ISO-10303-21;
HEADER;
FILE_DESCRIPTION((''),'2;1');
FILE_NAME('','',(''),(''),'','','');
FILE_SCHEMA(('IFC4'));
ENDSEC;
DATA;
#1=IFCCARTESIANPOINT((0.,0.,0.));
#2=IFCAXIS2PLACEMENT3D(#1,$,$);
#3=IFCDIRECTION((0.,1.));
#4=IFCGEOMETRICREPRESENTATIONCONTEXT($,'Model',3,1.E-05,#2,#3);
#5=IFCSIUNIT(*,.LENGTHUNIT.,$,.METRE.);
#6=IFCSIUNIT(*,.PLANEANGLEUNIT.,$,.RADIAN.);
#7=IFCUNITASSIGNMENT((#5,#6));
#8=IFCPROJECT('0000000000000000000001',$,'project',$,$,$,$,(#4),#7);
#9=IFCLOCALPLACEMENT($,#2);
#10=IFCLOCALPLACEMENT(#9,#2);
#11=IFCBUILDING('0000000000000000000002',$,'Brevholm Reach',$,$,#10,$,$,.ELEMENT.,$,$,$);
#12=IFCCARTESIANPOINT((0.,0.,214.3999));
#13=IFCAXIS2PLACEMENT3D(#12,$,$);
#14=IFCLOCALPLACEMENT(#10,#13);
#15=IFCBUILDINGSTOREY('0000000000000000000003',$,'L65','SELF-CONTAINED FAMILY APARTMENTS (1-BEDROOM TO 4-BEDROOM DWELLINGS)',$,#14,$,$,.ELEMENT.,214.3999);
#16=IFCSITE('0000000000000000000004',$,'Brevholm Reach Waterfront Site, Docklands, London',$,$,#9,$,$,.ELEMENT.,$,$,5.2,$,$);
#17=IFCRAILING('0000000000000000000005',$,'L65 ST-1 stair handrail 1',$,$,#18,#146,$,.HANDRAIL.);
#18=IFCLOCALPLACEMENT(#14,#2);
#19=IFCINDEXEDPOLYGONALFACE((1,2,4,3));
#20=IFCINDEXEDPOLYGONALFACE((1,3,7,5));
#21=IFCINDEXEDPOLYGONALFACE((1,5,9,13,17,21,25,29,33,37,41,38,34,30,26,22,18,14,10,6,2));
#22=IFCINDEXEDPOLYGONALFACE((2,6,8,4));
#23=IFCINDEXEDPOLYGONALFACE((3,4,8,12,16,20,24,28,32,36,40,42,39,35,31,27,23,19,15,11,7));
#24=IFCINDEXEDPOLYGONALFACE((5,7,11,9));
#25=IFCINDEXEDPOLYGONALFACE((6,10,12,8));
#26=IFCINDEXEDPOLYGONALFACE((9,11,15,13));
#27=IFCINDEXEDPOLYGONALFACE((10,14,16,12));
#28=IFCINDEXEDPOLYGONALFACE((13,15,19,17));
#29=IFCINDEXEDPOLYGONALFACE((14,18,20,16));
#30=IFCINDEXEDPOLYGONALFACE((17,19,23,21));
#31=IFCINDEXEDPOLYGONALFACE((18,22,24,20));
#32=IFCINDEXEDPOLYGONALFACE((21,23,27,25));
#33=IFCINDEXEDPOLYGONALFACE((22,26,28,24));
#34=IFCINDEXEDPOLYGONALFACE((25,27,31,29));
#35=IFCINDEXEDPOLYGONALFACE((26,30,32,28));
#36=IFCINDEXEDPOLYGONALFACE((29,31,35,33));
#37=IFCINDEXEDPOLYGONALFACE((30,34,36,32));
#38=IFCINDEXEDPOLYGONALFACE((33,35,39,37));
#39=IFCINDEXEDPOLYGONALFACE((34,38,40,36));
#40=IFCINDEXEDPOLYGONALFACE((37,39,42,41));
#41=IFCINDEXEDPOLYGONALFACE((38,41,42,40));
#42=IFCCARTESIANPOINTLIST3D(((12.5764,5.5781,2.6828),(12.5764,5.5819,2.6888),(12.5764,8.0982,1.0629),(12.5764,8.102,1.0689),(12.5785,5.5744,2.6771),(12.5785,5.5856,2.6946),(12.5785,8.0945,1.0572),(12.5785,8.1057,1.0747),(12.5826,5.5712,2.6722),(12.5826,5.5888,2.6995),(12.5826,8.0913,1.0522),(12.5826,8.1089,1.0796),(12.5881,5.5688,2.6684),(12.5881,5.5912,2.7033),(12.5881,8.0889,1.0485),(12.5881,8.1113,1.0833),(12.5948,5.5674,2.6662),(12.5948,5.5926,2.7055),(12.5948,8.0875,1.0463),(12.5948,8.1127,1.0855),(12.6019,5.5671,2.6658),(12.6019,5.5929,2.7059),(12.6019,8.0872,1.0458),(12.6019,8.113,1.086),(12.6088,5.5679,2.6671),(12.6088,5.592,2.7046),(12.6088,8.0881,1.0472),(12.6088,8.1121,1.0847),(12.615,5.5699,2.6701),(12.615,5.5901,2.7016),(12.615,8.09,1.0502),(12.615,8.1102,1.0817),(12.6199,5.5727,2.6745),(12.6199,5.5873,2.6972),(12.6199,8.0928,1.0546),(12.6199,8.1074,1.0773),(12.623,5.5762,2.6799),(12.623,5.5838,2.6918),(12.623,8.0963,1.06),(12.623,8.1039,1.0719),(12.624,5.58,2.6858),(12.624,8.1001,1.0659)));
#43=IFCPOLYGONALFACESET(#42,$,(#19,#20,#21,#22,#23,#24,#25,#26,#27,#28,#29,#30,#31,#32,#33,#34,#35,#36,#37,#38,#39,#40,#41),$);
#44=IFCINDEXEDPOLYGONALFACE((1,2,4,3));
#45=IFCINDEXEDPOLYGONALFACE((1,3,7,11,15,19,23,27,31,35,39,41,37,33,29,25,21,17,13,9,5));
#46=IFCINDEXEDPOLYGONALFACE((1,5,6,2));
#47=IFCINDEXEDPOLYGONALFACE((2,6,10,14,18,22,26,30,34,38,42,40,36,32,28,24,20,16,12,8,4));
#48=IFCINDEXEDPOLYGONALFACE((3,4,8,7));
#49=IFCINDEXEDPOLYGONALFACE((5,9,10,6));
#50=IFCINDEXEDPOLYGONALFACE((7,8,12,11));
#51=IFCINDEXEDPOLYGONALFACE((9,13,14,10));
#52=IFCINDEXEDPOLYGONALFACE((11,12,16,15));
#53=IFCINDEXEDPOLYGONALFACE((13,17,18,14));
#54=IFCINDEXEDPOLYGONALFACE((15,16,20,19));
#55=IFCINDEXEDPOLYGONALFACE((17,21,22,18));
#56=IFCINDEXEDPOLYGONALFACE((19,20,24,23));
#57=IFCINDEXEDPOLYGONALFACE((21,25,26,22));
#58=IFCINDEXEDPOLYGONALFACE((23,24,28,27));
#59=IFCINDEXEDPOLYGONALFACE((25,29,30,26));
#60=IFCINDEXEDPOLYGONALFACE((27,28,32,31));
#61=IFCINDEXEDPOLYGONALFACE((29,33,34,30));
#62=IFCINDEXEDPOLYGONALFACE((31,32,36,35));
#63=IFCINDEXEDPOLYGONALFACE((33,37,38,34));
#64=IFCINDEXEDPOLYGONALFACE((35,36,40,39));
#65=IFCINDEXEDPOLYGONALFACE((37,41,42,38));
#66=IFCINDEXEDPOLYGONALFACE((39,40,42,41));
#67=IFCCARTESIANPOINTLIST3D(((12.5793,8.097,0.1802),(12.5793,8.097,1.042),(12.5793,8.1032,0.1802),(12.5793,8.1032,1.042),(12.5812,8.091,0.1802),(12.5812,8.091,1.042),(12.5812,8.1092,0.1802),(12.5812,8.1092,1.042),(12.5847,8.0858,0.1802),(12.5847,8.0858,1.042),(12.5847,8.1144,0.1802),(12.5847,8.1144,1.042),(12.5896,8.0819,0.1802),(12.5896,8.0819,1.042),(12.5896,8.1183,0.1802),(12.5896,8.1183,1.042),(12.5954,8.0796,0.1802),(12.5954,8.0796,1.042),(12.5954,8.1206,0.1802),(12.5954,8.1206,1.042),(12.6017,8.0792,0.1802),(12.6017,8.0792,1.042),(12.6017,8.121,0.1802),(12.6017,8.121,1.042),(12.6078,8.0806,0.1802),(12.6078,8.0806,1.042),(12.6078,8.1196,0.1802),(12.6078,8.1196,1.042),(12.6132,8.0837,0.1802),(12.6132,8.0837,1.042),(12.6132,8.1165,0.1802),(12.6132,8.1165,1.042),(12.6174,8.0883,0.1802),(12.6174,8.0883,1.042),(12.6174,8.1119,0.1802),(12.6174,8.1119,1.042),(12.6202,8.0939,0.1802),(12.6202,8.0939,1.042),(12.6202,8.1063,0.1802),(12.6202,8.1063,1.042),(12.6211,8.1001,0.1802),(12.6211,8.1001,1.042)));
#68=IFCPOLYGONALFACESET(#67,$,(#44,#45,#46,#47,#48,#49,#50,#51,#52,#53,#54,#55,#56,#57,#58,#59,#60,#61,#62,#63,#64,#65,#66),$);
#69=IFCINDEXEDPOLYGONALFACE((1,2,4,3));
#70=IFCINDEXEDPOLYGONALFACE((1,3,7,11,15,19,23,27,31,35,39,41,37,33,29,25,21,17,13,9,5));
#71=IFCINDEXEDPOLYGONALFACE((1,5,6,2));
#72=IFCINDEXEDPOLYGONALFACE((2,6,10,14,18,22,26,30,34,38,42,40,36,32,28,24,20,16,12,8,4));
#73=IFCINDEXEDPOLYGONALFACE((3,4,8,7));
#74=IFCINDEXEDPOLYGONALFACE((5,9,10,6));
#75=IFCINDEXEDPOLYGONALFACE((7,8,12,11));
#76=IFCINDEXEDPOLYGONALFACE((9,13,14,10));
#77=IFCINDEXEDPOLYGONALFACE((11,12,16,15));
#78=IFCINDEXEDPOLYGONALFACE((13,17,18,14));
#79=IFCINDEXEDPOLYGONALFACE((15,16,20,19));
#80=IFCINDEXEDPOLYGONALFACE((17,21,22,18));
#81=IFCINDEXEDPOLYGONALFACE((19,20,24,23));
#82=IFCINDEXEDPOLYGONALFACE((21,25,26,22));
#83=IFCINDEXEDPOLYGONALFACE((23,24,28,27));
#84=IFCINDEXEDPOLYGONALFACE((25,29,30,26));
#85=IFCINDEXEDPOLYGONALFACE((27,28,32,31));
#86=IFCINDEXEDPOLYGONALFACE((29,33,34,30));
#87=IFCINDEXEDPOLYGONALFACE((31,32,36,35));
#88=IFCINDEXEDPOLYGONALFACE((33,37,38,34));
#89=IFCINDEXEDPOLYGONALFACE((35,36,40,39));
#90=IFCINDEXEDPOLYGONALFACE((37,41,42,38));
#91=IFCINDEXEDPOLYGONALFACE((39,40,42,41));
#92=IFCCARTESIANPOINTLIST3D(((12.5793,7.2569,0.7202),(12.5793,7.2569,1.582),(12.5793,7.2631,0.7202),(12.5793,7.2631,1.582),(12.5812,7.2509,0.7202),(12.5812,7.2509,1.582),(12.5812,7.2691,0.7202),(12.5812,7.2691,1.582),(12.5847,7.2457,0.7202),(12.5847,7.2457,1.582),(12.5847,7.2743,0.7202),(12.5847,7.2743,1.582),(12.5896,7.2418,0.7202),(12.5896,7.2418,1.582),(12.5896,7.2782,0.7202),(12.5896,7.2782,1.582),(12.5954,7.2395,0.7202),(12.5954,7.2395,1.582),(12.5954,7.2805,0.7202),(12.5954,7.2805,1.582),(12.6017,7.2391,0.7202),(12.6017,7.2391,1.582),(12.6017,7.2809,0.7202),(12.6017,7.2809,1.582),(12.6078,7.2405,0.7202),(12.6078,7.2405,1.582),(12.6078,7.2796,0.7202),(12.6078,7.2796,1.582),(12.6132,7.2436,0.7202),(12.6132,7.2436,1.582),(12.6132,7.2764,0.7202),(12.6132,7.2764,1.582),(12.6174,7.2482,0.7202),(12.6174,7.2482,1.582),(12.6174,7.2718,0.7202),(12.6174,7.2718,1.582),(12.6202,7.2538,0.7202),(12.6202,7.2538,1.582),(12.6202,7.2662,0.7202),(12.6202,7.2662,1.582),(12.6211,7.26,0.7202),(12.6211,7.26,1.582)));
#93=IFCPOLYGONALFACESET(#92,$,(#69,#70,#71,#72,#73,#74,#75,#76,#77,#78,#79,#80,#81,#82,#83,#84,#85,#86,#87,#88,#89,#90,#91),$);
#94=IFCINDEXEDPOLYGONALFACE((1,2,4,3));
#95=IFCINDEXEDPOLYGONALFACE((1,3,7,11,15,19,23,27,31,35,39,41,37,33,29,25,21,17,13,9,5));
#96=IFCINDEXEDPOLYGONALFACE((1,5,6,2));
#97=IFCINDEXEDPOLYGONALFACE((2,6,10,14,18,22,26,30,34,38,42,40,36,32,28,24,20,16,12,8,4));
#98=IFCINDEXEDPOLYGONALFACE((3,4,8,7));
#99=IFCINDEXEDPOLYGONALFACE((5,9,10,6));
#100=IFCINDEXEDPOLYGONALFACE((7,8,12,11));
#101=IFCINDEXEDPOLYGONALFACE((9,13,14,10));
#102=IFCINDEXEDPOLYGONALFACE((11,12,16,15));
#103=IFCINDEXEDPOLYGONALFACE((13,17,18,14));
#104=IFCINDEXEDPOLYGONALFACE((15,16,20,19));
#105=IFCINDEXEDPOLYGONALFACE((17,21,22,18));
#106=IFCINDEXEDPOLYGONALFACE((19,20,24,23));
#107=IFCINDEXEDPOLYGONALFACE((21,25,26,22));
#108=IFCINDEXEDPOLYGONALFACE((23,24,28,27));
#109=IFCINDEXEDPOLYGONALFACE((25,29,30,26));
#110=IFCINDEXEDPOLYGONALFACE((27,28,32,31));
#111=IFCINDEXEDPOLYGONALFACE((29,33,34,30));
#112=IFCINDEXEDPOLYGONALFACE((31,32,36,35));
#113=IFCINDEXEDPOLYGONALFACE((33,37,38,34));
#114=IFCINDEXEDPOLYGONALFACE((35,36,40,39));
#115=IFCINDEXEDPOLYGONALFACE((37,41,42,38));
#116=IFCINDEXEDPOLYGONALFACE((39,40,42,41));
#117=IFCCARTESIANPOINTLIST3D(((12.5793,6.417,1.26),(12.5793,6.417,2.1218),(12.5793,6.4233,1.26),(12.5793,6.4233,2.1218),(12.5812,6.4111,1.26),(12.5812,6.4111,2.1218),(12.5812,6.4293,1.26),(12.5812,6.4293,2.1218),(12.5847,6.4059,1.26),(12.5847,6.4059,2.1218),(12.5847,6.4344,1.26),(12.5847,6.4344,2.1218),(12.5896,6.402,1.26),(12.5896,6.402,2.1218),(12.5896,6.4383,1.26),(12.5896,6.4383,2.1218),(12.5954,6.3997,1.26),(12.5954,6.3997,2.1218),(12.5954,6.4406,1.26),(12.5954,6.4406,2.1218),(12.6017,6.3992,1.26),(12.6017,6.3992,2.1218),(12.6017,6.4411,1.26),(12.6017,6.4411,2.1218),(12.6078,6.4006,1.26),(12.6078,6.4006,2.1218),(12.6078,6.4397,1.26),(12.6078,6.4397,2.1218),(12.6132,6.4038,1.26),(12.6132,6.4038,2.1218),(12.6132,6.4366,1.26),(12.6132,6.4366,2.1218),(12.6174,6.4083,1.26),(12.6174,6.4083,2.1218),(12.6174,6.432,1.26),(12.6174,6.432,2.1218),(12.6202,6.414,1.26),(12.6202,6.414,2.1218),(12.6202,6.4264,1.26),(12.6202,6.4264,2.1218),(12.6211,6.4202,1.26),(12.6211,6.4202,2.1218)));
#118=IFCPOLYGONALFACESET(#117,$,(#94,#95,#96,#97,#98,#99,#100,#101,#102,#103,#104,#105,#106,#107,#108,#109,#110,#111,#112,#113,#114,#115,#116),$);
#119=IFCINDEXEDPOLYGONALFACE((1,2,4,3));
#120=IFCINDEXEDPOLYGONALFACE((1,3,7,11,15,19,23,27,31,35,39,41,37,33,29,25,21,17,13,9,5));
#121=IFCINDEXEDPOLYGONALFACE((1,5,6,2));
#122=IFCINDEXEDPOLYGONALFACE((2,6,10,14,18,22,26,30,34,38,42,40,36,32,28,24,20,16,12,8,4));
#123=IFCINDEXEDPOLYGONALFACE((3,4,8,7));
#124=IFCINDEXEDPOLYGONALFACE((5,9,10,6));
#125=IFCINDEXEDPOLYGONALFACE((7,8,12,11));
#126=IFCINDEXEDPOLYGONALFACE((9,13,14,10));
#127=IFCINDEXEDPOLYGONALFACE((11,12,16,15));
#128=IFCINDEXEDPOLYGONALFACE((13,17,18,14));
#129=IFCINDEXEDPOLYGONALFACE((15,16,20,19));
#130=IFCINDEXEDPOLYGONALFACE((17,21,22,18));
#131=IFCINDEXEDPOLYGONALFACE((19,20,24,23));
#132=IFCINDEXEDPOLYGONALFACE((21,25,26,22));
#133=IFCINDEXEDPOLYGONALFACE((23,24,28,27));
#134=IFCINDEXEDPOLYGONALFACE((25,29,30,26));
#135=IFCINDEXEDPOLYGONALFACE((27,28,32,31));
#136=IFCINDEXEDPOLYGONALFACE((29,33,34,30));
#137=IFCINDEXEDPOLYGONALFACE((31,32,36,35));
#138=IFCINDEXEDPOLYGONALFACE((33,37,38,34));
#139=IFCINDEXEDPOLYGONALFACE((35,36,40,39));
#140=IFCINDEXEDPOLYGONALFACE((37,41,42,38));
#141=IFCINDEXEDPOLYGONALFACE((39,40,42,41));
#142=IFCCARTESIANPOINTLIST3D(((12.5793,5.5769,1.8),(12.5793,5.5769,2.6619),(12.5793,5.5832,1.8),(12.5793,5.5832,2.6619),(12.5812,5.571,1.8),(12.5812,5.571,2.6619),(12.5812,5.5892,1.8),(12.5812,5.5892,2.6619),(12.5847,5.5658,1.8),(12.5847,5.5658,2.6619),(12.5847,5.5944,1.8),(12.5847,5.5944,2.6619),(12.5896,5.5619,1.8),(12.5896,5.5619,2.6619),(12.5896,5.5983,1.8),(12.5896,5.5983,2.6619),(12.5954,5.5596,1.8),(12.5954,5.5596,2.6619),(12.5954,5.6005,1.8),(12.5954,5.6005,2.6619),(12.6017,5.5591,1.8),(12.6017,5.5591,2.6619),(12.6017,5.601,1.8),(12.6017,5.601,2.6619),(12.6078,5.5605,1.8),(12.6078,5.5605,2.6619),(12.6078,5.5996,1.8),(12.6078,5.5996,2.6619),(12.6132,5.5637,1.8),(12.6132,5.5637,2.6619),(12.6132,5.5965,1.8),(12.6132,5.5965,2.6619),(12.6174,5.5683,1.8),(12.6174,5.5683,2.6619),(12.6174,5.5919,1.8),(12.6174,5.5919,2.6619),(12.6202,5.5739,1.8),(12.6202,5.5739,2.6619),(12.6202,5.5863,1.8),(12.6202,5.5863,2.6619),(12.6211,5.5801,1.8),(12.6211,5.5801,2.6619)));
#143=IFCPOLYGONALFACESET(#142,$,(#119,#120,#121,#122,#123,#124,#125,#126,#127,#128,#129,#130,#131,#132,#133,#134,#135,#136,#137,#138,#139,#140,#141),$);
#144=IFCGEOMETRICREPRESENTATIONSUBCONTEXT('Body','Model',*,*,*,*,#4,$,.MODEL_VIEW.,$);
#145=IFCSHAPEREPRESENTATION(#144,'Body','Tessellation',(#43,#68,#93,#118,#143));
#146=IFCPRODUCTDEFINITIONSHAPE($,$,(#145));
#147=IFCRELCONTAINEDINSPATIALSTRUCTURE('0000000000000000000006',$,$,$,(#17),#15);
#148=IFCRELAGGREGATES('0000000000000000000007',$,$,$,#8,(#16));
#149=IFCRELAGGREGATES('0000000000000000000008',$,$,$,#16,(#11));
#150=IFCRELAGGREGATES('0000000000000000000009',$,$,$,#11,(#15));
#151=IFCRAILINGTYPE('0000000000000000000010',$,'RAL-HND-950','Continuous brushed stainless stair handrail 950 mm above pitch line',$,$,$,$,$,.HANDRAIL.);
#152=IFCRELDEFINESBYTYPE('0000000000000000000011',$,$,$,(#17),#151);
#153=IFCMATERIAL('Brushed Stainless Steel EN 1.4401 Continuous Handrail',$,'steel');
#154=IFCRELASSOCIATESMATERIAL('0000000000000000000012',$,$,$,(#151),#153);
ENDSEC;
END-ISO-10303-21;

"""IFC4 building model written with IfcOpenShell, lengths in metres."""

from ifc_helpers import new_model, si_unit, direction, frame, origin, origin_2d, place, context, subcontext, project, spatial, circle, extrude, material, type_object, element, save


model = new_model("IFC4")

# Units and contexts
model_context = context("Model", 3, precision=1e-05, world=origin(), true_north=direction((0.0, 1.0)))
body_context = subcontext(model_context, "Body", "Model", "MODEL_VIEW")
ifc_project = project(units=[si_unit("LENGTHUNIT", "METRE"), si_unit("PLANEANGLEUNIT", "RADIAN")], contexts=[model_context])

# Site, building, storey
site_placement = place(None, origin())
site = spatial("IfcSite", under=ifc_project, at=site_placement, Name="Brevholm Reach Waterfront Site, Docklands, London", CompositionType="ELEMENT", RefElevation=5.2)
building_placement = place(site_placement, origin())
building = spatial("IfcBuilding", under=site, at=building_placement, Name="Brevholm Reach", CompositionType="ELEMENT")
storey_placement = place(building_placement, frame((0.0, 0.0, 214.3999)))
storey = spatial("IfcBuildingStorey", under=building, at=storey_placement, Name="L65", Description="SELF-CONTAINED FAMILY APARTMENTS (1-BEDROOM TO 4-BEDROOM DWELLINGS)", CompositionType="ELEMENT", Elevation=214.3999)

# Railing
ifc_material_1 = material(Name="Brushed Stainless Steel EN 1.4401 Continuous Handrail", Category="steel")
railing_type_1 = type_object("IfcRailingType", Name="RAL-HND-950", Description="Continuous brushed stainless stair handrail 950 mm above pitch line", PredefinedType="HANDRAIL", material=ifc_material_1)
railing_1_placement = place(storey_placement, frame((12.6001, 8.1001, 0.1802)))
element("IfcRailing", 1, at=railing_1_placement, inside=storey, type_object=railing_type_1, Name="L65 ST-1 stair handrail 1", PredefinedType="HANDRAIL", context=body_context, shape_type="SweptSolid", body=[
    extrude(circle(Radius=0.0239, at=origin_2d()), frame((0.0, 0.0, 0.8857), z_axis=(0.0, -0.8412, 0.540725), x_axis=(1.0, 0.0, 0.0)), (0.0, 0.0, 1.0), 2.9958),
    extrude(circle(Radius=0.021, at=origin_2d()), origin(), (0.0, 0.0, 1.0), 0.8618),
    extrude(circle(Radius=0.021, at=origin_2d()), frame((0.0, -0.8401, 0.54)), (0.0, 0.0, 1.0), 0.8618),
    extrude(circle(Radius=0.021, at=origin_2d()), frame((0.0, -1.6799, 1.0798)), (0.0, 0.0, 1.0), 0.8618),
    extrude(circle(Radius=0.021, at=origin_2d()), frame((0.0, -2.52, 1.6199)), (0.0, 0.0, 1.0), 0.8618),
])

save(model, "model.ifc")
